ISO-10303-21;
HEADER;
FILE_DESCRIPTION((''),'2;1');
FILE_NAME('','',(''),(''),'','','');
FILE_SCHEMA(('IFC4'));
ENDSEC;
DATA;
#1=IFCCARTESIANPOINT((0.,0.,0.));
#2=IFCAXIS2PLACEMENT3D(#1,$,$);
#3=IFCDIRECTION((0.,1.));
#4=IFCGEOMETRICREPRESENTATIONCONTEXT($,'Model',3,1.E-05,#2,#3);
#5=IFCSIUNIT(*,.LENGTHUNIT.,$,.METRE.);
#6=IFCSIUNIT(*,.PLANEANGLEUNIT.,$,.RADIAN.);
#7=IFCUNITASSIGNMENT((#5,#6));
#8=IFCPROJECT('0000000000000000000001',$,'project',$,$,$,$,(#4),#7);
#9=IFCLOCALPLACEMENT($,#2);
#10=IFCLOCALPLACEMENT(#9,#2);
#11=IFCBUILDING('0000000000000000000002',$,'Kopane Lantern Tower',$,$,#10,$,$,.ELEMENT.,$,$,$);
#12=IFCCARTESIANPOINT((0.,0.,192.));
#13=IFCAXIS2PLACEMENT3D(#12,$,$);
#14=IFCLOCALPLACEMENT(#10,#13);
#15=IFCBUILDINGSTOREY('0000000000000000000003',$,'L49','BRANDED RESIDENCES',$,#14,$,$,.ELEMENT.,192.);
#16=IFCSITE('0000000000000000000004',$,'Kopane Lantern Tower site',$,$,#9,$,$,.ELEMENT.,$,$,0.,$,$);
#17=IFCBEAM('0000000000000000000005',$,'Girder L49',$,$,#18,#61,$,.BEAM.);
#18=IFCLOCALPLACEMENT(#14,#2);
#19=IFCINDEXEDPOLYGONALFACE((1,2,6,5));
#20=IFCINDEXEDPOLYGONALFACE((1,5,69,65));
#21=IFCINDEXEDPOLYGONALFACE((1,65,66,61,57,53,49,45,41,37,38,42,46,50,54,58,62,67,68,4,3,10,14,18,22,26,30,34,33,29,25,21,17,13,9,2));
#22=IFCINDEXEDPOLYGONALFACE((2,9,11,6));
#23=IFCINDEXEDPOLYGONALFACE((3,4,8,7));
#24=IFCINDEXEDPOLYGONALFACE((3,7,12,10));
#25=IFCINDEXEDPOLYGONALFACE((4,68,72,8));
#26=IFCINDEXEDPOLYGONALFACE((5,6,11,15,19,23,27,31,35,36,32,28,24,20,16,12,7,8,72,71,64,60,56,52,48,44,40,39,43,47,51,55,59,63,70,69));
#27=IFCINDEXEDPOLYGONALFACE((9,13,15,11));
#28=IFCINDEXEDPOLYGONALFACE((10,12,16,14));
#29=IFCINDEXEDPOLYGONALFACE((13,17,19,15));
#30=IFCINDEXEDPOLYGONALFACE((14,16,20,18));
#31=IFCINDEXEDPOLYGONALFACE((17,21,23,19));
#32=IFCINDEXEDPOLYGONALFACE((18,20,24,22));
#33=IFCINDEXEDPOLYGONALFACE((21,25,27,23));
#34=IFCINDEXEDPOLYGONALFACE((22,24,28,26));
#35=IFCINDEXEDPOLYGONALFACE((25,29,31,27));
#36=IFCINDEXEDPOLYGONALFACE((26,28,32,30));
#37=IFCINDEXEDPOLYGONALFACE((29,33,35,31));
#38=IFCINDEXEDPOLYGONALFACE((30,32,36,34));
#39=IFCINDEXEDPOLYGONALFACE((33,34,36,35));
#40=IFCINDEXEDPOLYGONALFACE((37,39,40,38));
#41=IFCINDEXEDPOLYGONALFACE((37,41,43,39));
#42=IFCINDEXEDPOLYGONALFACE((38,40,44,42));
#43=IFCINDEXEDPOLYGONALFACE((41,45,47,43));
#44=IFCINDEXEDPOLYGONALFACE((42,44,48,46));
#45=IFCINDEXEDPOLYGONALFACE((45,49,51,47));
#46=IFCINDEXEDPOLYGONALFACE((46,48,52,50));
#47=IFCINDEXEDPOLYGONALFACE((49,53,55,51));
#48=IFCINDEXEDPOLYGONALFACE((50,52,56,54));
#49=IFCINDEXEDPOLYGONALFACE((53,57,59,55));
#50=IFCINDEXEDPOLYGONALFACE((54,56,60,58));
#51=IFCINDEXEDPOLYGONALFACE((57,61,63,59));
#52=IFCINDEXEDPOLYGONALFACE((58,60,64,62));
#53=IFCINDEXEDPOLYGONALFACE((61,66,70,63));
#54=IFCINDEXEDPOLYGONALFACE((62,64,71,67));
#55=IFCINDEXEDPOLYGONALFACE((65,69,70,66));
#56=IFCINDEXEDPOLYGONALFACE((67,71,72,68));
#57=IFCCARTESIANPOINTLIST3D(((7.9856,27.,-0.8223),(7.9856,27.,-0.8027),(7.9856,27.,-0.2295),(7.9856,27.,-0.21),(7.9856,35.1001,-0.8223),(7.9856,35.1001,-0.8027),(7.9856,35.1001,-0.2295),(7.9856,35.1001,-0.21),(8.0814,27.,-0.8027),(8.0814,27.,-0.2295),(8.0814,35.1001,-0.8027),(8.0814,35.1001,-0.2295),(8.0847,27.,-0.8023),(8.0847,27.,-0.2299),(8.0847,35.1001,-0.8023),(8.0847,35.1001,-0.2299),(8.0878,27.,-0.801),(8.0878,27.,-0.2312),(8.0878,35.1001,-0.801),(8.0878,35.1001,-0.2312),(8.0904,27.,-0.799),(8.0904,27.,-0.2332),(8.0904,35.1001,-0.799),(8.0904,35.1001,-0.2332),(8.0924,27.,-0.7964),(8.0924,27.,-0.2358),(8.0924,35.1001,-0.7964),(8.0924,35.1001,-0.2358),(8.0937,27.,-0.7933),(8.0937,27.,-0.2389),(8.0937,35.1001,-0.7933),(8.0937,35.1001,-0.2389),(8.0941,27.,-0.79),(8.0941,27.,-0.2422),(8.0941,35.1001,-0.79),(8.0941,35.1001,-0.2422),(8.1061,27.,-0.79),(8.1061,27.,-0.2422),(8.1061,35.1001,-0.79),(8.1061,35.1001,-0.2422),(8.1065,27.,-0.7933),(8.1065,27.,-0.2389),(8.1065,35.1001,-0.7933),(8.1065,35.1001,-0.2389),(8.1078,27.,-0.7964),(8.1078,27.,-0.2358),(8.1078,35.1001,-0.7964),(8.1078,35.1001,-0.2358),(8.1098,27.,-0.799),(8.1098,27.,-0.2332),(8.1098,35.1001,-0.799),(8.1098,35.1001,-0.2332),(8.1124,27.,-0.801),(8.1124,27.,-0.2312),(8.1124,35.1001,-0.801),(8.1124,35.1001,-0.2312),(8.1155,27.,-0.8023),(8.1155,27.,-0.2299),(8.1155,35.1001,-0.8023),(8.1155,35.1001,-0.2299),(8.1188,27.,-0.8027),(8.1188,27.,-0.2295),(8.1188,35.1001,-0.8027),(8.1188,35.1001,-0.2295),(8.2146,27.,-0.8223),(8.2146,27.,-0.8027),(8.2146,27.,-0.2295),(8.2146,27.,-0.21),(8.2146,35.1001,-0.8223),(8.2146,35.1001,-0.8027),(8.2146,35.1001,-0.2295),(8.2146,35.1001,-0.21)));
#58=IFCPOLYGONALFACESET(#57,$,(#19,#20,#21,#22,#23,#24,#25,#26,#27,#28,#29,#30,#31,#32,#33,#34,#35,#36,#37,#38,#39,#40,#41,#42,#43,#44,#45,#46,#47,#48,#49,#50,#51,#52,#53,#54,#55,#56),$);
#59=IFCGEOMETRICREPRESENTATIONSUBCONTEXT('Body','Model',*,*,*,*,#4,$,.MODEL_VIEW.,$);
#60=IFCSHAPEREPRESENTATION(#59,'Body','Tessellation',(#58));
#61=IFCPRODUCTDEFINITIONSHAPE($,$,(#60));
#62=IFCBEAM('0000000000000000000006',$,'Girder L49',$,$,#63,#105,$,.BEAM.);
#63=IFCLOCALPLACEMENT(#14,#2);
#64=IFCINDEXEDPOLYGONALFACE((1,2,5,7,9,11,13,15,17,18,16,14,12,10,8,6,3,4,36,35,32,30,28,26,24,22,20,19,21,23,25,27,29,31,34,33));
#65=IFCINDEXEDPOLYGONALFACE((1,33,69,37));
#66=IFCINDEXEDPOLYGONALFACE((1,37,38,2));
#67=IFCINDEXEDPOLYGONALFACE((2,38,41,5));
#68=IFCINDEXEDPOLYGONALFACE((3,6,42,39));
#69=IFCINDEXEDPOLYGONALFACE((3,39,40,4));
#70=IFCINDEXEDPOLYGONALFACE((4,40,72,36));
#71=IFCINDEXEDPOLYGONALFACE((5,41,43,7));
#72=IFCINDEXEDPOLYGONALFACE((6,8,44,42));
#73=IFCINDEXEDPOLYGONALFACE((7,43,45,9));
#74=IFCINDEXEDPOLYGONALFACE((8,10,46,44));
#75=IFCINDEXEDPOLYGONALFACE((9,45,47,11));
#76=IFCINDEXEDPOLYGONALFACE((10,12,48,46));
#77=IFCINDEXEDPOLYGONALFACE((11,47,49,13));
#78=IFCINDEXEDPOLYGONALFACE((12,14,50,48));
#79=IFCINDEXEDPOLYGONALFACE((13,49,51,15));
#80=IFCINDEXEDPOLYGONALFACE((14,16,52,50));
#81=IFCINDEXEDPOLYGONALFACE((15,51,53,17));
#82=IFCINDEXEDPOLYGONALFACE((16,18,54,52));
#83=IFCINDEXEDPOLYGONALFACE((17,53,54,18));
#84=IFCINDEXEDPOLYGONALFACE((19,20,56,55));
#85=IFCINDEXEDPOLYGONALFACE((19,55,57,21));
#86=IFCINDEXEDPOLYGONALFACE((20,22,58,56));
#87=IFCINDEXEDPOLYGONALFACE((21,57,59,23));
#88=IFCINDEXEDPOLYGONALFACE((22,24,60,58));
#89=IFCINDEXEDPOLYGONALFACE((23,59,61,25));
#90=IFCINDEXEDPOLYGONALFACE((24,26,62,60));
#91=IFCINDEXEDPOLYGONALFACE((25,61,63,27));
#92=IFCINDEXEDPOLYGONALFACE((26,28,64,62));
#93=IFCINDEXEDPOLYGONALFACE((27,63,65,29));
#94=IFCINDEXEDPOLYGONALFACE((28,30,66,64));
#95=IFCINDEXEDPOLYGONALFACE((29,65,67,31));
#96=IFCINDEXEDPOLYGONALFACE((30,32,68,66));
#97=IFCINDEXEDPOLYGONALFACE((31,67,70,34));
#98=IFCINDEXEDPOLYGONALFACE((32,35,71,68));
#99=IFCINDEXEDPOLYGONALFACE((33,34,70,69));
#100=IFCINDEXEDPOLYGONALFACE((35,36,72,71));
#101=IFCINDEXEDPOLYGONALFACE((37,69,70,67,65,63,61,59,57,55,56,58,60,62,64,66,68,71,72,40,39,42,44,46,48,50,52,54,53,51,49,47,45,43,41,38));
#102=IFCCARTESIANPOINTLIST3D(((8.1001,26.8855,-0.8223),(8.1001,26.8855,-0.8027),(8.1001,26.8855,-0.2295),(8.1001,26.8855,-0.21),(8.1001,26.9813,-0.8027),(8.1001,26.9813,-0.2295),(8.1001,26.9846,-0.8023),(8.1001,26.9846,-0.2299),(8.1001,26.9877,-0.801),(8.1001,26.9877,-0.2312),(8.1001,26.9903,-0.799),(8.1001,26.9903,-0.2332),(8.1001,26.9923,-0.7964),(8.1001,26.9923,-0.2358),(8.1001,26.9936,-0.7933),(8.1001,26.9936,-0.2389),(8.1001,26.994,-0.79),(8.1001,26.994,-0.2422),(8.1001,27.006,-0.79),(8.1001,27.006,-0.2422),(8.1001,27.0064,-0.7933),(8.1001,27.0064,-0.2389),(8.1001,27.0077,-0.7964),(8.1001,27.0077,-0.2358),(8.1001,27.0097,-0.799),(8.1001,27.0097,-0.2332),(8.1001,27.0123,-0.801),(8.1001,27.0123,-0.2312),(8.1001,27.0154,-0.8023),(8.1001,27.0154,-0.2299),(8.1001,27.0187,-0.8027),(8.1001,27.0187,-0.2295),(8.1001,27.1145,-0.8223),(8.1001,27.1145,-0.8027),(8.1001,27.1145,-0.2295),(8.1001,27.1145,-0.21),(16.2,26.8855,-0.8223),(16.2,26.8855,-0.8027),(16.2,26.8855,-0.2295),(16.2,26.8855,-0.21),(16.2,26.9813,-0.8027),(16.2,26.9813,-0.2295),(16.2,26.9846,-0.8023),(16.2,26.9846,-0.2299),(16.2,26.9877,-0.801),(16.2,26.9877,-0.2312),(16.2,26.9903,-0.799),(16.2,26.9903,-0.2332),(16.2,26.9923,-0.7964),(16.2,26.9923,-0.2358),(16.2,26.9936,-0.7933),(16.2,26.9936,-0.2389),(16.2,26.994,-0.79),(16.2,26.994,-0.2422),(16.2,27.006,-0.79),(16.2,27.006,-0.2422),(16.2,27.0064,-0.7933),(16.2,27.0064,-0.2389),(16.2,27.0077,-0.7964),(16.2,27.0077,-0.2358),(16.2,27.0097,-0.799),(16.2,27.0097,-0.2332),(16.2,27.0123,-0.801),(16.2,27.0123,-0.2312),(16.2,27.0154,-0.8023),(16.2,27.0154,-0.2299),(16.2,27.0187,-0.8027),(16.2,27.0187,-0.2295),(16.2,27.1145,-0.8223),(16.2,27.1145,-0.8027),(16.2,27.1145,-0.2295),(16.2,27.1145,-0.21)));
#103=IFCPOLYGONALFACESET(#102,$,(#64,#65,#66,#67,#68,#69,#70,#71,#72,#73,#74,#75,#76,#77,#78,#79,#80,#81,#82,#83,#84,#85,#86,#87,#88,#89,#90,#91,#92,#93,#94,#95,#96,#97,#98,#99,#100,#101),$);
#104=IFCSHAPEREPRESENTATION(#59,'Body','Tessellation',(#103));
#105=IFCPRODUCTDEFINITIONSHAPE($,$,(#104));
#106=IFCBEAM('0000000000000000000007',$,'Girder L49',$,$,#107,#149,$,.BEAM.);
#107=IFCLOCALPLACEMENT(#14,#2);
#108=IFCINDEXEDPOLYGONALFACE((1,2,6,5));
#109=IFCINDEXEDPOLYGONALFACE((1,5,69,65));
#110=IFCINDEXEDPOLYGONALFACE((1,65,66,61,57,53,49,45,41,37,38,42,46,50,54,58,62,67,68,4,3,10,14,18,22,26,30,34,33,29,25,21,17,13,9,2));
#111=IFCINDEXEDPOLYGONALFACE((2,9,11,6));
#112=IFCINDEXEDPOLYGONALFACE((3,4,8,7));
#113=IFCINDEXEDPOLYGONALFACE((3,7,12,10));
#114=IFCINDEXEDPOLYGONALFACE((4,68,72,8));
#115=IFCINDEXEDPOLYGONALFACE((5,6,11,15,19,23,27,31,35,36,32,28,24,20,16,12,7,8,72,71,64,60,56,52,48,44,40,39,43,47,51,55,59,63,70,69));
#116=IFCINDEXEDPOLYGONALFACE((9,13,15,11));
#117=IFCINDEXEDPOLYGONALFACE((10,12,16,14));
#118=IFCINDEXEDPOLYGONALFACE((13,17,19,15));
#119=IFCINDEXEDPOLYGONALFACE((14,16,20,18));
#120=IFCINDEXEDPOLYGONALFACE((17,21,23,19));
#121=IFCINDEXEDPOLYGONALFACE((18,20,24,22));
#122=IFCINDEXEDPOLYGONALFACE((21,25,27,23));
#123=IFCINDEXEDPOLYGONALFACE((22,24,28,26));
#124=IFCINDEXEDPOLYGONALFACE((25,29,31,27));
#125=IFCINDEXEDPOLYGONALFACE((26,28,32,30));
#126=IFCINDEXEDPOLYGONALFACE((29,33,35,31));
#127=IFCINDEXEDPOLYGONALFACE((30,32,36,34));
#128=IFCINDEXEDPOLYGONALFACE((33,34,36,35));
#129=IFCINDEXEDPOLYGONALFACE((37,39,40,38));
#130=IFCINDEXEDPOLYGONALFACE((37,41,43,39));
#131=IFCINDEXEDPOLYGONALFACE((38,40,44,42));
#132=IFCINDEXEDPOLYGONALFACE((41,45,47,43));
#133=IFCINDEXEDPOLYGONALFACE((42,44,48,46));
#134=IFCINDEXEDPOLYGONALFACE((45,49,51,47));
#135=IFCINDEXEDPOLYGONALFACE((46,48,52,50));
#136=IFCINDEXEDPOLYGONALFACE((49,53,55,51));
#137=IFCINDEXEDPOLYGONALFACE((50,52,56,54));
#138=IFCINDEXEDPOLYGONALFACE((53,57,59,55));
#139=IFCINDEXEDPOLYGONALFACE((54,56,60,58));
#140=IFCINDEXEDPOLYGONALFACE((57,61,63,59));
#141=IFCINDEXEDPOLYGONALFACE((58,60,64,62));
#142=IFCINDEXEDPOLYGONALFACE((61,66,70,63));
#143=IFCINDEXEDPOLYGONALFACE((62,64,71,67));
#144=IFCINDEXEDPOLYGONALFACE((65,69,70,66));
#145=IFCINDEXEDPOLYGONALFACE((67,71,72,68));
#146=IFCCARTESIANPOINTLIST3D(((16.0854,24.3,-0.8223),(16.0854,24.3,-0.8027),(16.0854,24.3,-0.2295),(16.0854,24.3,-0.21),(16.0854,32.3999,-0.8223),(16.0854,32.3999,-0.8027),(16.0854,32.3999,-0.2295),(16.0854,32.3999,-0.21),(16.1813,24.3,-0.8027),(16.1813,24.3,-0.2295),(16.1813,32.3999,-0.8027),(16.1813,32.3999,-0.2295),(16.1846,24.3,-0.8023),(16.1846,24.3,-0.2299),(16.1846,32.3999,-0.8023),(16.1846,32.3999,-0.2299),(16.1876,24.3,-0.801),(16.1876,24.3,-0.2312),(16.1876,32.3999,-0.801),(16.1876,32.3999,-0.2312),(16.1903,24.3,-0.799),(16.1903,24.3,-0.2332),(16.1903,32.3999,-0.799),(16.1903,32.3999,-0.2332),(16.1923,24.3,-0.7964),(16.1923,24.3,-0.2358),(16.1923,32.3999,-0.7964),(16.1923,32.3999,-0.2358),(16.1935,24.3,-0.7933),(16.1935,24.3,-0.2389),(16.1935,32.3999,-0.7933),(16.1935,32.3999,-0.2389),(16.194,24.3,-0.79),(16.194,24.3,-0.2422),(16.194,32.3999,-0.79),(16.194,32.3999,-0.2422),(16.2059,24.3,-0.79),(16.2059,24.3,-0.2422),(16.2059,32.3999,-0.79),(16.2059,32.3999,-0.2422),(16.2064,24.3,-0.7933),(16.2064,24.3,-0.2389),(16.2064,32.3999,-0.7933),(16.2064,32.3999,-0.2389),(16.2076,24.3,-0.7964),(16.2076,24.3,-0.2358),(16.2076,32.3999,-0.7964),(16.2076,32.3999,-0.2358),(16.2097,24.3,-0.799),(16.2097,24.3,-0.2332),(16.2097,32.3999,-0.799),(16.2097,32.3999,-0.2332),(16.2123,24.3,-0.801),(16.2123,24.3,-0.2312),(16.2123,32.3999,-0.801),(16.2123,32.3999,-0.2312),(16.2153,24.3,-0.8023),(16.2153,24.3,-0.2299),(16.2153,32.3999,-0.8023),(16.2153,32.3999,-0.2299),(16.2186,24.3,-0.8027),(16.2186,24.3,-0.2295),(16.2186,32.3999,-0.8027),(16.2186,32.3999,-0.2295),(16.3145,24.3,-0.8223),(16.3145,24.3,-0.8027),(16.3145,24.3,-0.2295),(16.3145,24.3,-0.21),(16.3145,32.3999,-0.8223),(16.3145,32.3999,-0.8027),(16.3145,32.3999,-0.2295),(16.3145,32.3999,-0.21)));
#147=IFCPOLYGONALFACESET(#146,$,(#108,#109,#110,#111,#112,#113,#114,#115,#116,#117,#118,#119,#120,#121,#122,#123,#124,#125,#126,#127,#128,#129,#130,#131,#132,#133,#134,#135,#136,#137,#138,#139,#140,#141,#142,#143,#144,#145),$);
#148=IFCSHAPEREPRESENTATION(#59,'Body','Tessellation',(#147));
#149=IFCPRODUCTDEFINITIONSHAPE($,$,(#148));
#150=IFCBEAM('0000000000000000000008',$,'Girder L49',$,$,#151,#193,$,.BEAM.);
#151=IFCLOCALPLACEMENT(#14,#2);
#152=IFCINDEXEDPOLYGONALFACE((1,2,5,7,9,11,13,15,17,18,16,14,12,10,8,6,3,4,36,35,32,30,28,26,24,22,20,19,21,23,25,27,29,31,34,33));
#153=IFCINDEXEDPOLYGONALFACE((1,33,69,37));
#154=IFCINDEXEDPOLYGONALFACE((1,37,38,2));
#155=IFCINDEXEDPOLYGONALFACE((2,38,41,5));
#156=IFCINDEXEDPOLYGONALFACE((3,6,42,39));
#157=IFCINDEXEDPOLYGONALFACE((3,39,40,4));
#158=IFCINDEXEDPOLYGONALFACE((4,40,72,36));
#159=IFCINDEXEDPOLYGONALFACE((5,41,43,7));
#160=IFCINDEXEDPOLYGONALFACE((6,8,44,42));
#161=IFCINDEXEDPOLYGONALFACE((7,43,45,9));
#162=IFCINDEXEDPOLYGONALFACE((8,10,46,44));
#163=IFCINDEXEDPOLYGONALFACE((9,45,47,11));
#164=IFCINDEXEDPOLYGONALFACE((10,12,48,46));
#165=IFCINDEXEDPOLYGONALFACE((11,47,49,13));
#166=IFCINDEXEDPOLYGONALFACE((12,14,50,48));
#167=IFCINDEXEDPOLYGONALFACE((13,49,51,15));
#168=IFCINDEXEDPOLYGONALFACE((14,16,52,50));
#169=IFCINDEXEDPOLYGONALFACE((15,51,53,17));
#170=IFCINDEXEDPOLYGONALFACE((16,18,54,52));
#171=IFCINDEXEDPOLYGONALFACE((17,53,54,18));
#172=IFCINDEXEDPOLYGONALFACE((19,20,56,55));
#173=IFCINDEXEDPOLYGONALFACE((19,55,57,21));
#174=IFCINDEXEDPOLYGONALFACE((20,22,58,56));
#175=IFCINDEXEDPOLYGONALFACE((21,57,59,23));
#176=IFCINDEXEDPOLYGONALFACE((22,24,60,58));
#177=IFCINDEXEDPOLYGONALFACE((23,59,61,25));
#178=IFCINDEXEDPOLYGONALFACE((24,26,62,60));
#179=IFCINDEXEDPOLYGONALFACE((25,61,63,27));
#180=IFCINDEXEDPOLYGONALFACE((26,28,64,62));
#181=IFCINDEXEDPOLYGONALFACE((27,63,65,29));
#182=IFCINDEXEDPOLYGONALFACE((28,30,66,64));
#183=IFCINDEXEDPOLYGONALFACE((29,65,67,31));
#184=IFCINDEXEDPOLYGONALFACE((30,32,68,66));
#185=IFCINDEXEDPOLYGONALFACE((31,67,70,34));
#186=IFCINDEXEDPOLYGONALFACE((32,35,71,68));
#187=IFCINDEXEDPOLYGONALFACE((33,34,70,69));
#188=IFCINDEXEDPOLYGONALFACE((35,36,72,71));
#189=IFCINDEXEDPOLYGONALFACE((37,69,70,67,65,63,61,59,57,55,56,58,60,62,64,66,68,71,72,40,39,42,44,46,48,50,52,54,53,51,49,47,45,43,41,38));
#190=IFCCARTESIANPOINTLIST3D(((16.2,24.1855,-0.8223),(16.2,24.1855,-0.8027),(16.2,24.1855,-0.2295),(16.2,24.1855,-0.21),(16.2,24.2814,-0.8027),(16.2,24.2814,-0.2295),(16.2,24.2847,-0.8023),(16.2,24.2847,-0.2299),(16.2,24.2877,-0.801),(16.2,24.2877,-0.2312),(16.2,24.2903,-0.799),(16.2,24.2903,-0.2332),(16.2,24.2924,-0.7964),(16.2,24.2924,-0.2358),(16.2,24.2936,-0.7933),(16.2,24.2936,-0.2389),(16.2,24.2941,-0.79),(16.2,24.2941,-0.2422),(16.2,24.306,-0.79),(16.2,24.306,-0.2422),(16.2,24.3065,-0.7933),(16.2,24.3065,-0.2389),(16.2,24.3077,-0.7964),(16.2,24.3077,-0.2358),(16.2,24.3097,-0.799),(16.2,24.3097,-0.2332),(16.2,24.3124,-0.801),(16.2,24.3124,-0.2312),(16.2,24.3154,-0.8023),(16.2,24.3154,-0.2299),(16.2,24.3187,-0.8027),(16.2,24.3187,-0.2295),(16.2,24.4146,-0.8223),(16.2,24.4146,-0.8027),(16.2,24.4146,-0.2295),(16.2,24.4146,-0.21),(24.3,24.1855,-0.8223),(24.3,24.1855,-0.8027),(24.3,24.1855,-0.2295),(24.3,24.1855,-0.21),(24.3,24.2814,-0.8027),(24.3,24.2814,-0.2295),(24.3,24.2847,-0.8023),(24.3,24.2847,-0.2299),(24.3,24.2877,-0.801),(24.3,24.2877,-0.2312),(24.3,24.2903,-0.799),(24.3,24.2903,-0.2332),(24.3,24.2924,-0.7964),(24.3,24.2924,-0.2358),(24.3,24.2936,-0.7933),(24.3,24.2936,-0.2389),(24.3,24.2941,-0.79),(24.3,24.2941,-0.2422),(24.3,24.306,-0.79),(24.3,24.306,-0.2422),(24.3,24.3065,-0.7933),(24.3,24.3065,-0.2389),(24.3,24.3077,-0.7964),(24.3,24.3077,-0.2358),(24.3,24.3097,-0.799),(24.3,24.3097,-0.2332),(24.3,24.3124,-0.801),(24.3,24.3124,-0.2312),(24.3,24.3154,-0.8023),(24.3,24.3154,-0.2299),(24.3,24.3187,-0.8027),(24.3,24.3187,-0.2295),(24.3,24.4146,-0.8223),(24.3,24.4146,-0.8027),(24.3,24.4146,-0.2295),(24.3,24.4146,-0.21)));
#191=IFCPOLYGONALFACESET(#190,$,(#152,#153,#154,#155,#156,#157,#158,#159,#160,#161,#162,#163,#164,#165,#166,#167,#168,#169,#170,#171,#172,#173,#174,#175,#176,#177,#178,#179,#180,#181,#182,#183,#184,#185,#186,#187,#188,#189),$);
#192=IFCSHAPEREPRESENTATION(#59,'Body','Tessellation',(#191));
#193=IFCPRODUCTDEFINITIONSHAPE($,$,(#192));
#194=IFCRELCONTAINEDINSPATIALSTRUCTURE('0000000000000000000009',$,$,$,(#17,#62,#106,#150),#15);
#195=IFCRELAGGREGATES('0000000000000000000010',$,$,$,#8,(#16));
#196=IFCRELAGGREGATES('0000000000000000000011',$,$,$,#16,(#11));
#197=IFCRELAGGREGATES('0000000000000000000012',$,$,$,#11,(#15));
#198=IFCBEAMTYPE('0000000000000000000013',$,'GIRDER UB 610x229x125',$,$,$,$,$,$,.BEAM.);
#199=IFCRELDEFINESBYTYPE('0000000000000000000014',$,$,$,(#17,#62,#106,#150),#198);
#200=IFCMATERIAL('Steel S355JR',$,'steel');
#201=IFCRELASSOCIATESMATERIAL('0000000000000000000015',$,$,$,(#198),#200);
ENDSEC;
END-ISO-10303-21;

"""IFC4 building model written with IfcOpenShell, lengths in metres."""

from ifc_helpers import new_model, si_unit, direction, frame, origin, origin_2d, place, context, subcontext, project, spatial, i_section, extrude, material, material_profile, profile_set, type_object, element, save


model = new_model("IFC4")

# Units and contexts
model_context = context("Model", 3, precision=1e-05, world=origin(), true_north=direction((0.0, 1.0)))
body_context = subcontext(model_context, "Body", "Model", "MODEL_VIEW")
ifc_project = project(units=[si_unit("LENGTHUNIT", "METRE"), si_unit("PLANEANGLEUNIT", "RADIAN")], contexts=[model_context])

# Site, building, storey
site_placement = place(None, origin())
site = spatial("IfcSite", under=ifc_project, at=site_placement, Name="Kopane Lantern Tower site", CompositionType="ELEMENT", RefElevation=0.0)
building_placement = place(site_placement, origin())
building = spatial("IfcBuilding", under=site, at=building_placement, Name="Kopane Lantern Tower", CompositionType="ELEMENT")
storey_placement = place(building_placement, frame((0.0, 0.0, 192.0)))
storey = spatial("IfcBuildingStorey", under=building, at=storey_placement, Name="L49", Description="BRANDED RESIDENCES", CompositionType="ELEMENT", Elevation=192.0)

# Beams
ifc_material_1 = material(Name="Steel S355JR", Category="steel")
ifc_material_profile_1 = material_profile(ifc_material_1, i_section(OverallWidth=0.229, OverallDepth=0.6123, WebThickness=0.012, FlangeThickness=0.0195, FilletRadius=0.0127, at=origin_2d()), Name="UB 610x229x125")
ifc_profile_set_1 = profile_set([ifc_material_profile_1], Name="Steel S355JR")
beam_type = type_object("IfcBeamType", Name="GIRDER UB 610x229x125", PredefinedType="BEAM", material=ifc_profile_set_1)
for number, where, z_axis, x_axis, name in (
    (1, (8.1001, 27.0, -0.5161), (0.0, 1.0, 0.0), (-1.0, 0.0, 0.0), "Girder L49"),
):
    element("IfcBeam", number, at=place(storey_placement, frame(where, z_axis=z_axis, x_axis=x_axis)), inside=storey, type_object=beam_type, Name=name, PredefinedType="BEAM", context=body_context, shape_type="SweptSolid", body=[
        extrude(i_section(OverallWidth=0.229, OverallDepth=0.6123, WebThickness=0.012, FlangeThickness=0.0195, FilletRadius=0.0127, at=origin_2d()), origin(), (0.0, 0.0, 1.0), 8.1001),
    ])
for number, where, z_axis, x_axis, name in (
    (2, (8.1001, 27.0, -0.5161), (1.0, 0.0, 0.0), (0.0, 1.0, 0.0), "Girder L49"),
    (3, (16.2, 24.3, -0.5161), (0.0, 1.0, 0.0), (-1.0, 0.0, 0.0), "Girder L49"),
):
    element("IfcBeam", number, at=place(storey_placement, frame(where, z_axis=z_axis, x_axis=x_axis)), inside=storey, type_object=beam_type, Name=name, PredefinedType="BEAM", context=body_context, shape_type="SweptSolid", body=[
        extrude(i_section(OverallWidth=0.229, OverallDepth=0.6123, WebThickness=0.012, FlangeThickness=0.0195, FilletRadius=0.0127, at=origin_2d()), origin(), (0.0, 0.0, 1.0), 8.0999),
    ])
beam_placement = place(storey_placement, frame((16.2, 24.3, -0.5161), z_axis=(1.0, 0.0, 0.0), x_axis=(0.0, 1.0, 0.0)))
element("IfcBeam", 4, at=beam_placement, inside=storey, type_object=beam_type, Name="Girder L49", PredefinedType="BEAM", context=body_context, shape_type="SweptSolid", body=[
    extrude(i_section(OverallWidth=0.229, OverallDepth=0.6123, WebThickness=0.012, FlangeThickness=0.0195, FilletRadius=0.0127, at=origin_2d()), origin(), (0.0, 0.0, 1.0), 8.1001),
])

save(model, "model.ifc")
